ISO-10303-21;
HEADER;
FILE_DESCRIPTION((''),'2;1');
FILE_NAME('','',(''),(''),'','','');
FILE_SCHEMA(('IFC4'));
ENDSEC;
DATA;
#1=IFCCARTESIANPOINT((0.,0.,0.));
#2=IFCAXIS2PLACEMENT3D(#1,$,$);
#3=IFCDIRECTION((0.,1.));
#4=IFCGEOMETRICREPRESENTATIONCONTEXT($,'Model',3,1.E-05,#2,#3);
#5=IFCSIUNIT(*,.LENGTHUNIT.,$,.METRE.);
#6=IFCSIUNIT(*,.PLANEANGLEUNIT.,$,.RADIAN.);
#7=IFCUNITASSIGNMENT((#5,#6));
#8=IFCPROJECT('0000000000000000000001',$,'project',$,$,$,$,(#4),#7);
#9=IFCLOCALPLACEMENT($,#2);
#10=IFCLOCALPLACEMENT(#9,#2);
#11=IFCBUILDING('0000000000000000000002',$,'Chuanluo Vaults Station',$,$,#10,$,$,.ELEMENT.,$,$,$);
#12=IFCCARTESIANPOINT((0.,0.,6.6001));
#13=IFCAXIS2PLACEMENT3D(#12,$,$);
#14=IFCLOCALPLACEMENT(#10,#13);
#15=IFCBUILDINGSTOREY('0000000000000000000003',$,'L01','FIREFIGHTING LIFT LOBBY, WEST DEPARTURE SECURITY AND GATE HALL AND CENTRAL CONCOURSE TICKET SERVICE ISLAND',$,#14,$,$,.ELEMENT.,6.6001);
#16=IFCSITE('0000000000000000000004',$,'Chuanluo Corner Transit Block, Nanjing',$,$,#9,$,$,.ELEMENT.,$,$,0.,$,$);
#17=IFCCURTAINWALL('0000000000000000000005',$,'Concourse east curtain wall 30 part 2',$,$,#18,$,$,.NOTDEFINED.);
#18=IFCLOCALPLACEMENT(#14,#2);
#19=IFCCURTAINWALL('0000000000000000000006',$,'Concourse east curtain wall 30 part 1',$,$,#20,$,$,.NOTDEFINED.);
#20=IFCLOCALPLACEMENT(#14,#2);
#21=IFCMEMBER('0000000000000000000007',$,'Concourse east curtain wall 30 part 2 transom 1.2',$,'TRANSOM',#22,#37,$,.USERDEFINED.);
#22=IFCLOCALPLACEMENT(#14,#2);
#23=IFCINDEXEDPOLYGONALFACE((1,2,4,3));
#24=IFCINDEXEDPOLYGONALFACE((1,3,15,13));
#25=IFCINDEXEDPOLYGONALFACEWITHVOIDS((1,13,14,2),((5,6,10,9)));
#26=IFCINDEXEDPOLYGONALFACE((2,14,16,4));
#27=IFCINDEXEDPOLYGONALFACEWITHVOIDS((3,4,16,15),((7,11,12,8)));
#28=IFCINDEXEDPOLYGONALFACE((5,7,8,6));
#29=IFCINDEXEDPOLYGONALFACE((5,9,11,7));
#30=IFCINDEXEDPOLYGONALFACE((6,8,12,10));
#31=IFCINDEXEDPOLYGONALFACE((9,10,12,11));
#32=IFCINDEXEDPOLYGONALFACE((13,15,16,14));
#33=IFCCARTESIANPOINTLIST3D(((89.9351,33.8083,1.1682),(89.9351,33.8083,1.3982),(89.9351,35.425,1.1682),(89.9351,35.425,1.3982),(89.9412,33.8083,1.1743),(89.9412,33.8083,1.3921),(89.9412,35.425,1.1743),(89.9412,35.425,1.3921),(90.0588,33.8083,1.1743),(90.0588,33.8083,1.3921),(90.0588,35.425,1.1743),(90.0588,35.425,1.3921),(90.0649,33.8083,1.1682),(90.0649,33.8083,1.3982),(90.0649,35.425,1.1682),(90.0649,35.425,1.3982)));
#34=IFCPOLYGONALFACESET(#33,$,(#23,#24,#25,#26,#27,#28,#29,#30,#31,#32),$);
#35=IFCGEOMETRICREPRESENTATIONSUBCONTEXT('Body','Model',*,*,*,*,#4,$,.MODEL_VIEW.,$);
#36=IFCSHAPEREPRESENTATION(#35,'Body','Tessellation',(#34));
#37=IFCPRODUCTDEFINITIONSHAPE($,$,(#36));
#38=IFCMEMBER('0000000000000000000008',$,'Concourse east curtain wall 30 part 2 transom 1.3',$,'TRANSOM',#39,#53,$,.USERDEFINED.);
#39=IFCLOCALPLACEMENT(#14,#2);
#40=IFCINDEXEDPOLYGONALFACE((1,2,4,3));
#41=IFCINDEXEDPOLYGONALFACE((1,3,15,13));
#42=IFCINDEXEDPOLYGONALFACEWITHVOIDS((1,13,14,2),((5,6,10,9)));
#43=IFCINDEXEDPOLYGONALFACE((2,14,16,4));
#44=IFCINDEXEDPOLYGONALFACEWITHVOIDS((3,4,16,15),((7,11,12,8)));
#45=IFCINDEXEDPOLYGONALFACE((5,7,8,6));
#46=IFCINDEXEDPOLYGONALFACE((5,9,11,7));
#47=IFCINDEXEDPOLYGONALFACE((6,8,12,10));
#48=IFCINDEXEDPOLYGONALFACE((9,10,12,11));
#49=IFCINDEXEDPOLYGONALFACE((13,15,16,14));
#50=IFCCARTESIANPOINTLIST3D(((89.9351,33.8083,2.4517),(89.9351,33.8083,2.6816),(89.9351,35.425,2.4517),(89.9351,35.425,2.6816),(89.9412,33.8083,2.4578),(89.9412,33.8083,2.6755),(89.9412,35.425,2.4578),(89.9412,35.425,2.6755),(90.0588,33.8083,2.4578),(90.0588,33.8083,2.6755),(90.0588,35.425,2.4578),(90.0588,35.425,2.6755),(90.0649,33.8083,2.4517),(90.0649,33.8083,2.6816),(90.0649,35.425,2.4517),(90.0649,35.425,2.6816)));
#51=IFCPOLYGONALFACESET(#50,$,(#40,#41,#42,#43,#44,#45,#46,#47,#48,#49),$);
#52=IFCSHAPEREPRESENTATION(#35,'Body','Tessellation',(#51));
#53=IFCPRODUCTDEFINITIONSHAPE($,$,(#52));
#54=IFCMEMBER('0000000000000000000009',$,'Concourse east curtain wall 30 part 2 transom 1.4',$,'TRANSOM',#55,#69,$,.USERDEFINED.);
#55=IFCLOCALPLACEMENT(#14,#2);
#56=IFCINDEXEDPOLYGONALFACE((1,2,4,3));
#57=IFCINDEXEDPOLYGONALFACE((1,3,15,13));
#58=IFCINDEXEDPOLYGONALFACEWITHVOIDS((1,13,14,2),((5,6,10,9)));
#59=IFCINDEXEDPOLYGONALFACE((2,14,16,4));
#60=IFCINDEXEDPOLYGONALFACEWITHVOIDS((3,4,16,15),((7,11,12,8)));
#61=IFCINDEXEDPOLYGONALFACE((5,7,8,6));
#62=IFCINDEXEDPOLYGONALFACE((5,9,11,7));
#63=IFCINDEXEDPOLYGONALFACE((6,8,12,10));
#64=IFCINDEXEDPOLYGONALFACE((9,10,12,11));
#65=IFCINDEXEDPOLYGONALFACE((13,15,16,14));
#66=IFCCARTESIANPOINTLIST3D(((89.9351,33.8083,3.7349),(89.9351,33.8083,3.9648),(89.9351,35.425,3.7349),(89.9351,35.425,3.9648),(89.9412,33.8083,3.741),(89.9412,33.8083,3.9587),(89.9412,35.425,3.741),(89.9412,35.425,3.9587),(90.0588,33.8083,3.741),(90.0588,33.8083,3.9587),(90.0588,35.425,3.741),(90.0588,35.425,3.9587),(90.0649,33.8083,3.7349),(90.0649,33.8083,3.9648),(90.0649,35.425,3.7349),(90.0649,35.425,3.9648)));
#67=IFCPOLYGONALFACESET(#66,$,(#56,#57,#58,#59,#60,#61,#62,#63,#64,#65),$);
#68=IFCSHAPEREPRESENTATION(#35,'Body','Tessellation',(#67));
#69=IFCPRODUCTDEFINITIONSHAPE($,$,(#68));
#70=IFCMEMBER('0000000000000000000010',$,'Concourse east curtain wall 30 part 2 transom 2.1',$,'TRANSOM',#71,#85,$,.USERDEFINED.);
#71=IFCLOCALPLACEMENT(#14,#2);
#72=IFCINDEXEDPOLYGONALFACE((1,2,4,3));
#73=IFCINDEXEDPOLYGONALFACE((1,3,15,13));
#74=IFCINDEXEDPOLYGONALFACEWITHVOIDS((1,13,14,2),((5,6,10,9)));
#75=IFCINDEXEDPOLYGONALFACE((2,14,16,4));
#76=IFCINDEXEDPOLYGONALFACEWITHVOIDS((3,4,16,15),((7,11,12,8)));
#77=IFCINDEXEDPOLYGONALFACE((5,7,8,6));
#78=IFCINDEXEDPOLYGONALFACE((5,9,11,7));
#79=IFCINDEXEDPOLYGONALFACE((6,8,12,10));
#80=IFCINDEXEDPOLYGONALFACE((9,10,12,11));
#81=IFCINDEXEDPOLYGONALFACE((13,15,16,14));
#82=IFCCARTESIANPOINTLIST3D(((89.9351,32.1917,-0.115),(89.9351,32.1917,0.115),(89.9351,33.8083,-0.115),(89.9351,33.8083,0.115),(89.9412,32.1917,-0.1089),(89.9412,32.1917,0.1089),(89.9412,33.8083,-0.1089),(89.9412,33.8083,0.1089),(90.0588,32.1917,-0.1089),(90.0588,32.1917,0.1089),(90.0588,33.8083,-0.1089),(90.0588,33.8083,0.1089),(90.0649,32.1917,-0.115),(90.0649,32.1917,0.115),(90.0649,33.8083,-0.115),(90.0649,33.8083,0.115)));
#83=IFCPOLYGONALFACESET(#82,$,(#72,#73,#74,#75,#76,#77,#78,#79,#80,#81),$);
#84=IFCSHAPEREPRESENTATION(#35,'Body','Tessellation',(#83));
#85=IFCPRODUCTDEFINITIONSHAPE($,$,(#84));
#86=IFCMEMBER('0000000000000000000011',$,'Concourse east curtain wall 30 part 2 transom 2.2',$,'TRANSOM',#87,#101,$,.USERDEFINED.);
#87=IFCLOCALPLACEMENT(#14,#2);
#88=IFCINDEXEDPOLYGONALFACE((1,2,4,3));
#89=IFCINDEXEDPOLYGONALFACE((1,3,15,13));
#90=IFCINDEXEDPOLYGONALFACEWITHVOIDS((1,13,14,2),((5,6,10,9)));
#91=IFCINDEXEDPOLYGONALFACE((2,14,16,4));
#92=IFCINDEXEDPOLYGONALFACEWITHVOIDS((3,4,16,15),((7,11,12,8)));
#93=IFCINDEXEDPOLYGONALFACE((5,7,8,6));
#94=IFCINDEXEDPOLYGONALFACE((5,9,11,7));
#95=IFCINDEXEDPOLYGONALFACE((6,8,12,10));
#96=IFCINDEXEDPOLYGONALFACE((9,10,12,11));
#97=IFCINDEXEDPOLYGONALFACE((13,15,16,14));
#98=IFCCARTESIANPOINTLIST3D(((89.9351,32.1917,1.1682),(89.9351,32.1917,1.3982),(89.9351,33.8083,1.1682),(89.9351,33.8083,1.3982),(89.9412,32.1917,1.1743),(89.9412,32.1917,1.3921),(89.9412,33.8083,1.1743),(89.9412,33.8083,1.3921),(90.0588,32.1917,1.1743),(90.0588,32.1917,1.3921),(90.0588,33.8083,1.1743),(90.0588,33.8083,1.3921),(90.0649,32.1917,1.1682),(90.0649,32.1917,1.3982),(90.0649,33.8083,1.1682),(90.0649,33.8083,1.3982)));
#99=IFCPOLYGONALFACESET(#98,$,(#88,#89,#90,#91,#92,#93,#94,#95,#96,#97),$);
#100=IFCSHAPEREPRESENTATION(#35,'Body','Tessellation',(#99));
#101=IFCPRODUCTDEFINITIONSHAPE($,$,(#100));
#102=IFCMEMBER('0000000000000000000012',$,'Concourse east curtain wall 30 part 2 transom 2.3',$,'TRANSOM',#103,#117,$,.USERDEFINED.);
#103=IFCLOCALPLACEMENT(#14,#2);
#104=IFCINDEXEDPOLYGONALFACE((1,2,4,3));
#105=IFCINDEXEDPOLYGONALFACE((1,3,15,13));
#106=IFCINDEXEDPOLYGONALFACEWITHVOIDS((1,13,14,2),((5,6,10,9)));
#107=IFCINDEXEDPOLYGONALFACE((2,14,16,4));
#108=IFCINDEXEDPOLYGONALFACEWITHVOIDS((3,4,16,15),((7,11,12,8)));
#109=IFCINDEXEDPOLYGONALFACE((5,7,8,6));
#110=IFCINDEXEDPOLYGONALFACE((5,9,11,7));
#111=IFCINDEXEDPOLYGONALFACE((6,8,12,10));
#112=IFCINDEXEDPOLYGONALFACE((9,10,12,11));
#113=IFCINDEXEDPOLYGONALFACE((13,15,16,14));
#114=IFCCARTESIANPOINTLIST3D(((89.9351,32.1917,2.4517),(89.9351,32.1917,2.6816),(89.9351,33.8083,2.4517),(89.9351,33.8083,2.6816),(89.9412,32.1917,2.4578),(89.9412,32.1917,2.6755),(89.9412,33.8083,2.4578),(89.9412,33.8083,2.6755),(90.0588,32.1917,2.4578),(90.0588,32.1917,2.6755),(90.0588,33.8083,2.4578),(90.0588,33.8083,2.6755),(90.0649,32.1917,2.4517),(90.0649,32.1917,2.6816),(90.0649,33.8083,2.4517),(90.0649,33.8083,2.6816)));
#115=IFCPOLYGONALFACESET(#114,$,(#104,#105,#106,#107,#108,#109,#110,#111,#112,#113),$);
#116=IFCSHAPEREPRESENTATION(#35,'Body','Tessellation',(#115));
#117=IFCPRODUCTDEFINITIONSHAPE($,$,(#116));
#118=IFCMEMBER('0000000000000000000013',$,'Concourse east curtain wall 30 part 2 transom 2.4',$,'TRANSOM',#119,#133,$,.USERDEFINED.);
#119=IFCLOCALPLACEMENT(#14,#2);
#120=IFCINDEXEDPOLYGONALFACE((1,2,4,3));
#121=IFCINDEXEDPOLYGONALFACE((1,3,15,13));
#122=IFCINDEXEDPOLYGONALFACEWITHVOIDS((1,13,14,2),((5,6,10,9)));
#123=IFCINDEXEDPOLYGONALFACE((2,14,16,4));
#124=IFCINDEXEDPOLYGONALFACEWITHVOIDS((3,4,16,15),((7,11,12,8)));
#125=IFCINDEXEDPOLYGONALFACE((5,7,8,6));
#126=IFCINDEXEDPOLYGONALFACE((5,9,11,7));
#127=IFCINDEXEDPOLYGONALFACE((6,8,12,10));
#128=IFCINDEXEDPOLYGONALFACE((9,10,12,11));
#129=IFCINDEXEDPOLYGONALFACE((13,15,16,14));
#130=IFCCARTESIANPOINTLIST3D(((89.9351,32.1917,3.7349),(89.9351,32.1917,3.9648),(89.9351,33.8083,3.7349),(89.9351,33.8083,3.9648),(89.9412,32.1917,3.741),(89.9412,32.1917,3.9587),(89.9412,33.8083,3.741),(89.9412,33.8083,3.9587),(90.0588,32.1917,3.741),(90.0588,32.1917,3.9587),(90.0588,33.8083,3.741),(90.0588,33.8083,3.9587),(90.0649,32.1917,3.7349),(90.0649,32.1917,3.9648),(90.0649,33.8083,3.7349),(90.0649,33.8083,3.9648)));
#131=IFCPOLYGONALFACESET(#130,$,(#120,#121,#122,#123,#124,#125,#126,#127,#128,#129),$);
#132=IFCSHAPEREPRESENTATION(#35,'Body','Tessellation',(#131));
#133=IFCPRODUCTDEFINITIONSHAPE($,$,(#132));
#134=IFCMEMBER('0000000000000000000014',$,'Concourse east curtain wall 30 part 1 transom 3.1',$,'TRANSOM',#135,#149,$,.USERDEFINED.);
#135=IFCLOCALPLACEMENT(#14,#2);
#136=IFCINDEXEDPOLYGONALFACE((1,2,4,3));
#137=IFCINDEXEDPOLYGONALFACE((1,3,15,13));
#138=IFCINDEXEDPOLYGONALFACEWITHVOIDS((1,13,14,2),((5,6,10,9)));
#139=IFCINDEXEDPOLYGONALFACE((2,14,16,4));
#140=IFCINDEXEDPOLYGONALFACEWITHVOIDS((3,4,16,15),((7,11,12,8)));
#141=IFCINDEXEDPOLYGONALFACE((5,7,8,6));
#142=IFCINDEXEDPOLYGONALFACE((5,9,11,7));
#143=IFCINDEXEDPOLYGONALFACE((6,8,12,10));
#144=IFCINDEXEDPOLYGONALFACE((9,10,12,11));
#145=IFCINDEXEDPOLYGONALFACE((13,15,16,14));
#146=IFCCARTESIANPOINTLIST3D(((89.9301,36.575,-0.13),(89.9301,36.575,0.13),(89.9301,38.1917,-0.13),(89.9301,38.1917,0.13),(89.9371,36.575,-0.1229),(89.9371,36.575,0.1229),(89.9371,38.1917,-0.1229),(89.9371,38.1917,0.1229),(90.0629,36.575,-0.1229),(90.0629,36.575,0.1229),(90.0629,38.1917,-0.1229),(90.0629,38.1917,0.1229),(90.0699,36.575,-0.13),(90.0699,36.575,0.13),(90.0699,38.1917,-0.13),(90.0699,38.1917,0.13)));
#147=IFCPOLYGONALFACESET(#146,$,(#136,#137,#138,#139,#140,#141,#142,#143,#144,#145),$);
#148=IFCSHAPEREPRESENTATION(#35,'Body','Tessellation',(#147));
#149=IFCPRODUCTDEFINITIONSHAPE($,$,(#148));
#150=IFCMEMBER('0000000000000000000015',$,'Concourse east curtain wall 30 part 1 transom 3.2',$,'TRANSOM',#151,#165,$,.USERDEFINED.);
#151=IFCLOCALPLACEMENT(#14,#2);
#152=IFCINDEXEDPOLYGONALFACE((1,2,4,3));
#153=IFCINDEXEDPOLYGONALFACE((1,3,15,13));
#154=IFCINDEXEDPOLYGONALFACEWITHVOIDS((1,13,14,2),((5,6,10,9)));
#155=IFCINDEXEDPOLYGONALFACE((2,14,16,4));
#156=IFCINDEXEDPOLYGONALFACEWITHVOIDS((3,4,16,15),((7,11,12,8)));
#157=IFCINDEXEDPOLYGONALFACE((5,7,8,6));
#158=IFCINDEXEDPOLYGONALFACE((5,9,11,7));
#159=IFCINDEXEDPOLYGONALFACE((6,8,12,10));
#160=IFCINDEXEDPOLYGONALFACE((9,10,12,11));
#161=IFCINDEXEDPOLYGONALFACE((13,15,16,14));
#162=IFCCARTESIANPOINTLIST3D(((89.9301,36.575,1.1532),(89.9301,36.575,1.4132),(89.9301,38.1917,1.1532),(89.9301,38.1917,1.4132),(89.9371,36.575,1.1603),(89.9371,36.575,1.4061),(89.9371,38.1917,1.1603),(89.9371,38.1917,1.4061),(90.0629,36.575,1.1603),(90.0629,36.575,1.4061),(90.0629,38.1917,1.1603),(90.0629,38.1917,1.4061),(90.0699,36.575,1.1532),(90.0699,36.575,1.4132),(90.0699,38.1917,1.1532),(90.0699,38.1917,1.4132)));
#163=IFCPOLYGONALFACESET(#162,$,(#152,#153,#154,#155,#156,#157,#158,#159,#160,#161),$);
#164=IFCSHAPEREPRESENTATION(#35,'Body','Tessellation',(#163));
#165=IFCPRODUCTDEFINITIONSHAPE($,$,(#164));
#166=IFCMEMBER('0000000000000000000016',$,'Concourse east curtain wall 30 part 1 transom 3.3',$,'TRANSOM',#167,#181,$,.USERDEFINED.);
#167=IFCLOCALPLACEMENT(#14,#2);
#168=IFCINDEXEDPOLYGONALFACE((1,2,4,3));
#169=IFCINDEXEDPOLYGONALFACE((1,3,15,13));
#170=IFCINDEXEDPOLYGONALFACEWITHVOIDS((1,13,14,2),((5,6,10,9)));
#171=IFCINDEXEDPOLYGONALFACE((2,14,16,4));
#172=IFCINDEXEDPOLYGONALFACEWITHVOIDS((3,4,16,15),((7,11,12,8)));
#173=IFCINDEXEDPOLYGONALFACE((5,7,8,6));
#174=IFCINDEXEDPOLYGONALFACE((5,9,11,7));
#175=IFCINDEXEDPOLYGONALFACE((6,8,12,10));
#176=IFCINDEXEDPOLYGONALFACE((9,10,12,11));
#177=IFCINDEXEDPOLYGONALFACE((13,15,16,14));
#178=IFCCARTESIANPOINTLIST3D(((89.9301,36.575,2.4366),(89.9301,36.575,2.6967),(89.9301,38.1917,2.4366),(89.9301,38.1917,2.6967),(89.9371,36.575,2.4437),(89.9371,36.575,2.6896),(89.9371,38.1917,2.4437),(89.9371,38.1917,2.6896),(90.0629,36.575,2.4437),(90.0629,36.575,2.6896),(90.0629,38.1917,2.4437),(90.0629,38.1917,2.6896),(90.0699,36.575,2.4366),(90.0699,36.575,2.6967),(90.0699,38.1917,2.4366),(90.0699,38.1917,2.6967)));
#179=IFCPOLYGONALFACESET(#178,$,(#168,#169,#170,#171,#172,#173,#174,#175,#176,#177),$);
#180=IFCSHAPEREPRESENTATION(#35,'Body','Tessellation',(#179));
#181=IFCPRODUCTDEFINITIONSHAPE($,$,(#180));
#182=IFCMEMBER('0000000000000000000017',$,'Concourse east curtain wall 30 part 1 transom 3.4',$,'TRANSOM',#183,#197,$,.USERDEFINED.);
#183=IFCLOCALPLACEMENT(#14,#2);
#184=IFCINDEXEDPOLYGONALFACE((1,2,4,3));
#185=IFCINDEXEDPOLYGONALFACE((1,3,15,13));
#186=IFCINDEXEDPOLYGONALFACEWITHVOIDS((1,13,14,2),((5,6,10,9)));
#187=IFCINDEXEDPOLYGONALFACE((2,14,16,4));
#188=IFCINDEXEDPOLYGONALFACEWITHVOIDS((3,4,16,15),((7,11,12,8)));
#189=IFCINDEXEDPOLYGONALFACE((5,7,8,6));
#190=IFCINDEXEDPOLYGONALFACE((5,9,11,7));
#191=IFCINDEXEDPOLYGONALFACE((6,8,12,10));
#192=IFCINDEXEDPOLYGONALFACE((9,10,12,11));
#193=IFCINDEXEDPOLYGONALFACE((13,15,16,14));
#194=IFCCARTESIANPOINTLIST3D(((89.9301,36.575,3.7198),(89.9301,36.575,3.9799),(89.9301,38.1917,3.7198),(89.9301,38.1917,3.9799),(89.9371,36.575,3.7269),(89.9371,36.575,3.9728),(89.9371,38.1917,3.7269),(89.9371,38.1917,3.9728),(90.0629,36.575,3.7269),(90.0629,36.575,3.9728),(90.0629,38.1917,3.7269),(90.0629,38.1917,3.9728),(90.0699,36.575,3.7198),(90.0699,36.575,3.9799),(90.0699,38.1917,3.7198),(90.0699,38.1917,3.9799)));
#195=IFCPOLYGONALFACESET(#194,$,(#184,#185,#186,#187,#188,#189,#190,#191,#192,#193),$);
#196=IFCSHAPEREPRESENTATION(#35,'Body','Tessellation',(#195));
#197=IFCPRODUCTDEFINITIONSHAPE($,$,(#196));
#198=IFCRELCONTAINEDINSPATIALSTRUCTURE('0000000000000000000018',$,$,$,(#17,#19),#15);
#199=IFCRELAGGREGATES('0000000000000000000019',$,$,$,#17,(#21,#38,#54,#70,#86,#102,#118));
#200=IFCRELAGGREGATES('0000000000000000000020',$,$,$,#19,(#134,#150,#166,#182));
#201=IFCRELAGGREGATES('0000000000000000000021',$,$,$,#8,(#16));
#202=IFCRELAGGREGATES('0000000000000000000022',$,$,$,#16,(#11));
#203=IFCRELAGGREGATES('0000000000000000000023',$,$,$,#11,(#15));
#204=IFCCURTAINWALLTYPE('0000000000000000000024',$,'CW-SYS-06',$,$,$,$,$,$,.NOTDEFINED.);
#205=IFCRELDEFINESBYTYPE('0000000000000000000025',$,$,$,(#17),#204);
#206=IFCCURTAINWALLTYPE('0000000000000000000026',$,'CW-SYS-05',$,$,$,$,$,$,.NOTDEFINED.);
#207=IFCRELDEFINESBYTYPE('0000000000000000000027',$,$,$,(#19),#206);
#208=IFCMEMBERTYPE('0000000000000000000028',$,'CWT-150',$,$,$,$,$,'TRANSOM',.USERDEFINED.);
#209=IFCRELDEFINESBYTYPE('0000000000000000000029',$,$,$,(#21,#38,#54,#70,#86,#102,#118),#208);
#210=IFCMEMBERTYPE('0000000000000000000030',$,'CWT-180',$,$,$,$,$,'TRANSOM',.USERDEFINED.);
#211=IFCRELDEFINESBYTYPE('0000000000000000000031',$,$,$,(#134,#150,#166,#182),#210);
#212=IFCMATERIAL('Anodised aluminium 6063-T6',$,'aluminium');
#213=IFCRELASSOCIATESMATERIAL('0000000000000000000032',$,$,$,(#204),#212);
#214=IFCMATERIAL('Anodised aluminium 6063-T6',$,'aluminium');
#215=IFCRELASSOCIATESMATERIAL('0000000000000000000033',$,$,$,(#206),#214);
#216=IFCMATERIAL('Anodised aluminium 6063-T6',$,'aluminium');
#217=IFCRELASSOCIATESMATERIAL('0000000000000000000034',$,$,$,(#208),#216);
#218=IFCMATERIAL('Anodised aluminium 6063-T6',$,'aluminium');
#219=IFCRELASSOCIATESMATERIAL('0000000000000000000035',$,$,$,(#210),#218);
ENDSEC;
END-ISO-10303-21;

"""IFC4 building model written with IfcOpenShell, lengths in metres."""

from ifc_helpers import new_model, si_unit, direction, frame, origin, origin_2d, place, context, subcontext, project, spatial, hollow_rectangle, extrude, material, material_profile, profile_set, type_object, element, aggregate, save


model = new_model("IFC4")

# Units and contexts
model_context = context("Model", 3, precision=1e-05, world=origin(), true_north=direction((0.0, 1.0)))
body_context = subcontext(model_context, "Body", "Model", "MODEL_VIEW")
ifc_project = project(units=[si_unit("LENGTHUNIT", "METRE"), si_unit("PLANEANGLEUNIT", "RADIAN")], contexts=[model_context])

# Site, building, storey
site_placement = place(None, origin())
site = spatial("IfcSite", under=ifc_project, at=site_placement, Name="Chuanluo Corner Transit Block, Nanjing", CompositionType="ELEMENT", RefElevation=0.0)
building_placement = place(site_placement, origin())
building = spatial("IfcBuilding", under=site, at=building_placement, Name="Chuanluo Vaults Station", CompositionType="ELEMENT")
storey_placement = place(building_placement, frame((0.0, 0.0, 6.6001)))
storey = spatial("IfcBuildingStorey", under=building, at=storey_placement, Name="L01", Description="FIREFIGHTING LIFT LOBBY, WEST DEPARTURE SECURITY AND GATE HALL AND CENTRAL CONCOURSE TICKET SERVICE ISLAND", CompositionType="ELEMENT", Elevation=6.6001)

# Curtain walls
ifc_material_1 = material(Name="Anodised aluminium 6063-T6", Category="aluminium")
curtain_wall_type_1 = type_object("IfcCurtainWallType", Name="CW-SYS-06", PredefinedType="NOTDEFINED", material=ifc_material_1)
curtain_wall_1_placement = place(storey_placement, origin())
curtain_wall_1 = element("IfcCurtainWall", 1, at=curtain_wall_1_placement, inside=storey, type_object=curtain_wall_type_1, Name="Concourse east curtain wall 30 part 2", PredefinedType="NOTDEFINED")
ifc_material_2 = material(Name="Anodised aluminium 6063-T6", Category="aluminium")
curtain_wall_type_2 = type_object("IfcCurtainWallType", Name="CW-SYS-05", PredefinedType="NOTDEFINED", material=ifc_material_2)
curtain_wall_2_placement = place(storey_placement, origin())
curtain_wall_2 = element("IfcCurtainWall", 2, at=curtain_wall_2_placement, inside=storey, type_object=curtain_wall_type_2, Name="Concourse east curtain wall 30 part 1", PredefinedType="NOTDEFINED")

# Members
ifc_material_3 = material(Name="Anodised aluminium 6063-T6", Category="aluminium")
ifc_material_profile_1 = material_profile(ifc_material_3, hollow_rectangle(XDim=0.1299, YDim=0.23, WallThickness=0.0061, at=origin_2d()))
ifc_profile_set_1 = profile_set([ifc_material_profile_1], Name="Anodised aluminium 6063-T6")
member_type_1 = type_object("IfcMemberType", Name="CWT-150", ElementType="TRANSOM", PredefinedType="USERDEFINED", material=ifc_profile_set_1)
member_1_placement = place(storey_placement, frame((90.0, 35.425, 1.2832), z_axis=(0.0, -1.0, 0.0), x_axis=(1.0, 0.0, 0.0)))
member_1 = element("IfcMember", 3, at=member_1_placement, type_object=member_type_1, Name="Concourse east curtain wall 30 part 2 transom 1.2", ObjectType="TRANSOM", PredefinedType="USERDEFINED", context=body_context, shape_type="SweptSolid", body=[
    extrude(hollow_rectangle(XDim=0.1299, YDim=0.23, WallThickness=0.0061, at=origin_2d()), origin(), (0.0, 0.0, 1.0), 1.6167),
])
member_2_placement = place(storey_placement, frame((90.0, 35.425, 2.5667), z_axis=(0.0, -1.0, 0.0), x_axis=(1.0, 0.0, 0.0)))
member_2 = element("IfcMember", 4, at=member_2_placement, type_object=member_type_1, Name="Concourse east curtain wall 30 part 2 transom 1.3", ObjectType="TRANSOM", PredefinedType="USERDEFINED", context=body_context, shape_type="SweptSolid", body=[
    extrude(hollow_rectangle(XDim=0.1299, YDim=0.23, WallThickness=0.0061, at=origin_2d()), origin(), (0.0, 0.0, 1.0), 1.6167),
])
member_3_placement = place(storey_placement, frame((90.0, 35.425, 3.8499), z_axis=(0.0, -1.0, 0.0), x_axis=(1.0, 0.0, 0.0)))
member_3 = element("IfcMember", 5, at=member_3_placement, type_object=member_type_1, Name="Concourse east curtain wall 30 part 2 transom 1.4", ObjectType="TRANSOM", PredefinedType="USERDEFINED", context=body_context, shape_type="SweptSolid", body=[
    extrude(hollow_rectangle(XDim=0.1299, YDim=0.23, WallThickness=0.0061, at=origin_2d()), origin(), (0.0, 0.0, 1.0), 1.6167),
])
member_4_placement = place(storey_placement, frame((90.0, 33.8083, 0.0), z_axis=(0.0, -1.0, 0.0), x_axis=(1.0, 0.0, 0.0)))
member_4 = element("IfcMember", 6, at=member_4_placement, type_object=member_type_1, Name="Concourse east curtain wall 30 part 2 transom 2.1", ObjectType="TRANSOM", PredefinedType="USERDEFINED", context=body_context, shape_type="SweptSolid", body=[
    extrude(hollow_rectangle(XDim=0.1299, YDim=0.23, WallThickness=0.0061, at=origin_2d()), origin(), (0.0, 0.0, 1.0), 1.6167),
])
member_5_placement = place(storey_placement, frame((90.0, 33.8083, 1.2832), z_axis=(0.0, -1.0, 0.0), x_axis=(1.0, 0.0, 0.0)))
member_5 = element("IfcMember", 7, at=member_5_placement, type_object=member_type_1, Name="Concourse east curtain wall 30 part 2 transom 2.2", ObjectType="TRANSOM", PredefinedType="USERDEFINED", context=body_context, shape_type="SweptSolid", body=[
    extrude(hollow_rectangle(XDim=0.1299, YDim=0.23, WallThickness=0.0061, at=origin_2d()), origin(), (0.0, 0.0, 1.0), 1.6167),
])
member_6_placement = place(storey_placement, frame((90.0, 33.8083, 2.5667), z_axis=(0.0, -1.0, 0.0), x_axis=(1.0, 0.0, 0.0)))
member_6 = element("IfcMember", 8, at=member_6_placement, type_object=member_type_1, Name="Concourse east curtain wall 30 part 2 transom 2.3", ObjectType="TRANSOM", PredefinedType="USERDEFINED", context=body_context, shape_type="SweptSolid", body=[
    extrude(hollow_rectangle(XDim=0.1299, YDim=0.23, WallThickness=0.0061, at=origin_2d()), origin(), (0.0, 0.0, 1.0), 1.6167),
])
member_7_placement = place(storey_placement, frame((90.0, 33.8083, 3.8499), z_axis=(0.0, -1.0, 0.0), x_axis=(1.0, 0.0, 0.0)))
member_7 = element("IfcMember", 9, at=member_7_placement, type_object=member_type_1, Name="Concourse east curtain wall 30 part 2 transom 2.4", ObjectType="TRANSOM", PredefinedType="USERDEFINED", context=body_context, shape_type="SweptSolid", body=[
    extrude(hollow_rectangle(XDim=0.1299, YDim=0.23, WallThickness=0.0061, at=origin_2d()), origin(), (0.0, 0.0, 1.0), 1.6167),
])
ifc_material_4 = material(Name="Anodised aluminium 6063-T6", Category="aluminium")
ifc_material_profile_2 = material_profile(ifc_material_4, hollow_rectangle(XDim=0.1399, YDim=0.26, WallThickness=0.0071, at=origin_2d()))
ifc_profile_set_2 = profile_set([ifc_material_profile_2], Name="Anodised aluminium 6063-T6")
member_type_2 = type_object("IfcMemberType", Name="CWT-180", ElementType="TRANSOM", PredefinedType="USERDEFINED", material=ifc_profile_set_2)
member_8_placement = place(storey_placement, frame((90.0, 38.1917, 0.0), z_axis=(0.0, -1.0, 0.0), x_axis=(1.0, 0.0, 0.0)))
member_8 = element("IfcMember", 10, at=member_8_placement, type_object=member_type_2, Name="Concourse east curtain wall 30 part 1 transom 3.1", ObjectType="TRANSOM", PredefinedType="USERDEFINED", context=body_context, shape_type="SweptSolid", body=[
    extrude(hollow_rectangle(XDim=0.1399, YDim=0.26, WallThickness=0.0071, at=origin_2d()), origin(), (0.0, 0.0, 1.0), 1.6167),
])
member_9_placement = place(storey_placement, frame((90.0, 38.1917, 1.2832), z_axis=(0.0, -1.0, 0.0), x_axis=(1.0, 0.0, 0.0)))
member_9 = element("IfcMember", 11, at=member_9_placement, type_object=member_type_2, Name="Concourse east curtain wall 30 part 1 transom 3.2", ObjectType="TRANSOM", PredefinedType="USERDEFINED", context=body_context, shape_type="SweptSolid", body=[
    extrude(hollow_rectangle(XDim=0.1399, YDim=0.26, WallThickness=0.0071, at=origin_2d()), origin(), (0.0, 0.0, 1.0), 1.6167),
])
member_10_placement = place(storey_placement, frame((90.0, 38.1917, 2.5667), z_axis=(0.0, -1.0, 0.0), x_axis=(1.0, 0.0, 0.0)))
member_10 = element("IfcMember", 12, at=member_10_placement, type_object=member_type_2, Name="Concourse east curtain wall 30 part 1 transom 3.3", ObjectType="TRANSOM", PredefinedType="USERDEFINED", context=body_context, shape_type="SweptSolid", body=[
    extrude(hollow_rectangle(XDim=0.1399, YDim=0.26, WallThickness=0.0071, at=origin_2d()), origin(), (0.0, 0.0, 1.0), 1.6167),
])
member_11_placement = place(storey_placement, frame((90.0, 38.1917, 3.8499), z_axis=(0.0, -1.0, 0.0), x_axis=(1.0, 0.0, 0.0)))
member_11 = element("IfcMember", 13, at=member_11_placement, type_object=member_type_2, Name="Concourse east curtain wall 30 part 1 transom 3.4", ObjectType="TRANSOM", PredefinedType="USERDEFINED", context=body_context, shape_type="SweptSolid", body=[
    extrude(hollow_rectangle(XDim=0.1399, YDim=0.26, WallThickness=0.0071, at=origin_2d()), origin(), (0.0, 0.0, 1.0), 1.6167),
])

aggregate(curtain_wall_1, [member_1, member_2, member_3, member_4, member_5, member_6, member_7])
aggregate(curtain_wall_2, [member_8, member_9, member_10, member_11])

save(model, "model.ifc")
